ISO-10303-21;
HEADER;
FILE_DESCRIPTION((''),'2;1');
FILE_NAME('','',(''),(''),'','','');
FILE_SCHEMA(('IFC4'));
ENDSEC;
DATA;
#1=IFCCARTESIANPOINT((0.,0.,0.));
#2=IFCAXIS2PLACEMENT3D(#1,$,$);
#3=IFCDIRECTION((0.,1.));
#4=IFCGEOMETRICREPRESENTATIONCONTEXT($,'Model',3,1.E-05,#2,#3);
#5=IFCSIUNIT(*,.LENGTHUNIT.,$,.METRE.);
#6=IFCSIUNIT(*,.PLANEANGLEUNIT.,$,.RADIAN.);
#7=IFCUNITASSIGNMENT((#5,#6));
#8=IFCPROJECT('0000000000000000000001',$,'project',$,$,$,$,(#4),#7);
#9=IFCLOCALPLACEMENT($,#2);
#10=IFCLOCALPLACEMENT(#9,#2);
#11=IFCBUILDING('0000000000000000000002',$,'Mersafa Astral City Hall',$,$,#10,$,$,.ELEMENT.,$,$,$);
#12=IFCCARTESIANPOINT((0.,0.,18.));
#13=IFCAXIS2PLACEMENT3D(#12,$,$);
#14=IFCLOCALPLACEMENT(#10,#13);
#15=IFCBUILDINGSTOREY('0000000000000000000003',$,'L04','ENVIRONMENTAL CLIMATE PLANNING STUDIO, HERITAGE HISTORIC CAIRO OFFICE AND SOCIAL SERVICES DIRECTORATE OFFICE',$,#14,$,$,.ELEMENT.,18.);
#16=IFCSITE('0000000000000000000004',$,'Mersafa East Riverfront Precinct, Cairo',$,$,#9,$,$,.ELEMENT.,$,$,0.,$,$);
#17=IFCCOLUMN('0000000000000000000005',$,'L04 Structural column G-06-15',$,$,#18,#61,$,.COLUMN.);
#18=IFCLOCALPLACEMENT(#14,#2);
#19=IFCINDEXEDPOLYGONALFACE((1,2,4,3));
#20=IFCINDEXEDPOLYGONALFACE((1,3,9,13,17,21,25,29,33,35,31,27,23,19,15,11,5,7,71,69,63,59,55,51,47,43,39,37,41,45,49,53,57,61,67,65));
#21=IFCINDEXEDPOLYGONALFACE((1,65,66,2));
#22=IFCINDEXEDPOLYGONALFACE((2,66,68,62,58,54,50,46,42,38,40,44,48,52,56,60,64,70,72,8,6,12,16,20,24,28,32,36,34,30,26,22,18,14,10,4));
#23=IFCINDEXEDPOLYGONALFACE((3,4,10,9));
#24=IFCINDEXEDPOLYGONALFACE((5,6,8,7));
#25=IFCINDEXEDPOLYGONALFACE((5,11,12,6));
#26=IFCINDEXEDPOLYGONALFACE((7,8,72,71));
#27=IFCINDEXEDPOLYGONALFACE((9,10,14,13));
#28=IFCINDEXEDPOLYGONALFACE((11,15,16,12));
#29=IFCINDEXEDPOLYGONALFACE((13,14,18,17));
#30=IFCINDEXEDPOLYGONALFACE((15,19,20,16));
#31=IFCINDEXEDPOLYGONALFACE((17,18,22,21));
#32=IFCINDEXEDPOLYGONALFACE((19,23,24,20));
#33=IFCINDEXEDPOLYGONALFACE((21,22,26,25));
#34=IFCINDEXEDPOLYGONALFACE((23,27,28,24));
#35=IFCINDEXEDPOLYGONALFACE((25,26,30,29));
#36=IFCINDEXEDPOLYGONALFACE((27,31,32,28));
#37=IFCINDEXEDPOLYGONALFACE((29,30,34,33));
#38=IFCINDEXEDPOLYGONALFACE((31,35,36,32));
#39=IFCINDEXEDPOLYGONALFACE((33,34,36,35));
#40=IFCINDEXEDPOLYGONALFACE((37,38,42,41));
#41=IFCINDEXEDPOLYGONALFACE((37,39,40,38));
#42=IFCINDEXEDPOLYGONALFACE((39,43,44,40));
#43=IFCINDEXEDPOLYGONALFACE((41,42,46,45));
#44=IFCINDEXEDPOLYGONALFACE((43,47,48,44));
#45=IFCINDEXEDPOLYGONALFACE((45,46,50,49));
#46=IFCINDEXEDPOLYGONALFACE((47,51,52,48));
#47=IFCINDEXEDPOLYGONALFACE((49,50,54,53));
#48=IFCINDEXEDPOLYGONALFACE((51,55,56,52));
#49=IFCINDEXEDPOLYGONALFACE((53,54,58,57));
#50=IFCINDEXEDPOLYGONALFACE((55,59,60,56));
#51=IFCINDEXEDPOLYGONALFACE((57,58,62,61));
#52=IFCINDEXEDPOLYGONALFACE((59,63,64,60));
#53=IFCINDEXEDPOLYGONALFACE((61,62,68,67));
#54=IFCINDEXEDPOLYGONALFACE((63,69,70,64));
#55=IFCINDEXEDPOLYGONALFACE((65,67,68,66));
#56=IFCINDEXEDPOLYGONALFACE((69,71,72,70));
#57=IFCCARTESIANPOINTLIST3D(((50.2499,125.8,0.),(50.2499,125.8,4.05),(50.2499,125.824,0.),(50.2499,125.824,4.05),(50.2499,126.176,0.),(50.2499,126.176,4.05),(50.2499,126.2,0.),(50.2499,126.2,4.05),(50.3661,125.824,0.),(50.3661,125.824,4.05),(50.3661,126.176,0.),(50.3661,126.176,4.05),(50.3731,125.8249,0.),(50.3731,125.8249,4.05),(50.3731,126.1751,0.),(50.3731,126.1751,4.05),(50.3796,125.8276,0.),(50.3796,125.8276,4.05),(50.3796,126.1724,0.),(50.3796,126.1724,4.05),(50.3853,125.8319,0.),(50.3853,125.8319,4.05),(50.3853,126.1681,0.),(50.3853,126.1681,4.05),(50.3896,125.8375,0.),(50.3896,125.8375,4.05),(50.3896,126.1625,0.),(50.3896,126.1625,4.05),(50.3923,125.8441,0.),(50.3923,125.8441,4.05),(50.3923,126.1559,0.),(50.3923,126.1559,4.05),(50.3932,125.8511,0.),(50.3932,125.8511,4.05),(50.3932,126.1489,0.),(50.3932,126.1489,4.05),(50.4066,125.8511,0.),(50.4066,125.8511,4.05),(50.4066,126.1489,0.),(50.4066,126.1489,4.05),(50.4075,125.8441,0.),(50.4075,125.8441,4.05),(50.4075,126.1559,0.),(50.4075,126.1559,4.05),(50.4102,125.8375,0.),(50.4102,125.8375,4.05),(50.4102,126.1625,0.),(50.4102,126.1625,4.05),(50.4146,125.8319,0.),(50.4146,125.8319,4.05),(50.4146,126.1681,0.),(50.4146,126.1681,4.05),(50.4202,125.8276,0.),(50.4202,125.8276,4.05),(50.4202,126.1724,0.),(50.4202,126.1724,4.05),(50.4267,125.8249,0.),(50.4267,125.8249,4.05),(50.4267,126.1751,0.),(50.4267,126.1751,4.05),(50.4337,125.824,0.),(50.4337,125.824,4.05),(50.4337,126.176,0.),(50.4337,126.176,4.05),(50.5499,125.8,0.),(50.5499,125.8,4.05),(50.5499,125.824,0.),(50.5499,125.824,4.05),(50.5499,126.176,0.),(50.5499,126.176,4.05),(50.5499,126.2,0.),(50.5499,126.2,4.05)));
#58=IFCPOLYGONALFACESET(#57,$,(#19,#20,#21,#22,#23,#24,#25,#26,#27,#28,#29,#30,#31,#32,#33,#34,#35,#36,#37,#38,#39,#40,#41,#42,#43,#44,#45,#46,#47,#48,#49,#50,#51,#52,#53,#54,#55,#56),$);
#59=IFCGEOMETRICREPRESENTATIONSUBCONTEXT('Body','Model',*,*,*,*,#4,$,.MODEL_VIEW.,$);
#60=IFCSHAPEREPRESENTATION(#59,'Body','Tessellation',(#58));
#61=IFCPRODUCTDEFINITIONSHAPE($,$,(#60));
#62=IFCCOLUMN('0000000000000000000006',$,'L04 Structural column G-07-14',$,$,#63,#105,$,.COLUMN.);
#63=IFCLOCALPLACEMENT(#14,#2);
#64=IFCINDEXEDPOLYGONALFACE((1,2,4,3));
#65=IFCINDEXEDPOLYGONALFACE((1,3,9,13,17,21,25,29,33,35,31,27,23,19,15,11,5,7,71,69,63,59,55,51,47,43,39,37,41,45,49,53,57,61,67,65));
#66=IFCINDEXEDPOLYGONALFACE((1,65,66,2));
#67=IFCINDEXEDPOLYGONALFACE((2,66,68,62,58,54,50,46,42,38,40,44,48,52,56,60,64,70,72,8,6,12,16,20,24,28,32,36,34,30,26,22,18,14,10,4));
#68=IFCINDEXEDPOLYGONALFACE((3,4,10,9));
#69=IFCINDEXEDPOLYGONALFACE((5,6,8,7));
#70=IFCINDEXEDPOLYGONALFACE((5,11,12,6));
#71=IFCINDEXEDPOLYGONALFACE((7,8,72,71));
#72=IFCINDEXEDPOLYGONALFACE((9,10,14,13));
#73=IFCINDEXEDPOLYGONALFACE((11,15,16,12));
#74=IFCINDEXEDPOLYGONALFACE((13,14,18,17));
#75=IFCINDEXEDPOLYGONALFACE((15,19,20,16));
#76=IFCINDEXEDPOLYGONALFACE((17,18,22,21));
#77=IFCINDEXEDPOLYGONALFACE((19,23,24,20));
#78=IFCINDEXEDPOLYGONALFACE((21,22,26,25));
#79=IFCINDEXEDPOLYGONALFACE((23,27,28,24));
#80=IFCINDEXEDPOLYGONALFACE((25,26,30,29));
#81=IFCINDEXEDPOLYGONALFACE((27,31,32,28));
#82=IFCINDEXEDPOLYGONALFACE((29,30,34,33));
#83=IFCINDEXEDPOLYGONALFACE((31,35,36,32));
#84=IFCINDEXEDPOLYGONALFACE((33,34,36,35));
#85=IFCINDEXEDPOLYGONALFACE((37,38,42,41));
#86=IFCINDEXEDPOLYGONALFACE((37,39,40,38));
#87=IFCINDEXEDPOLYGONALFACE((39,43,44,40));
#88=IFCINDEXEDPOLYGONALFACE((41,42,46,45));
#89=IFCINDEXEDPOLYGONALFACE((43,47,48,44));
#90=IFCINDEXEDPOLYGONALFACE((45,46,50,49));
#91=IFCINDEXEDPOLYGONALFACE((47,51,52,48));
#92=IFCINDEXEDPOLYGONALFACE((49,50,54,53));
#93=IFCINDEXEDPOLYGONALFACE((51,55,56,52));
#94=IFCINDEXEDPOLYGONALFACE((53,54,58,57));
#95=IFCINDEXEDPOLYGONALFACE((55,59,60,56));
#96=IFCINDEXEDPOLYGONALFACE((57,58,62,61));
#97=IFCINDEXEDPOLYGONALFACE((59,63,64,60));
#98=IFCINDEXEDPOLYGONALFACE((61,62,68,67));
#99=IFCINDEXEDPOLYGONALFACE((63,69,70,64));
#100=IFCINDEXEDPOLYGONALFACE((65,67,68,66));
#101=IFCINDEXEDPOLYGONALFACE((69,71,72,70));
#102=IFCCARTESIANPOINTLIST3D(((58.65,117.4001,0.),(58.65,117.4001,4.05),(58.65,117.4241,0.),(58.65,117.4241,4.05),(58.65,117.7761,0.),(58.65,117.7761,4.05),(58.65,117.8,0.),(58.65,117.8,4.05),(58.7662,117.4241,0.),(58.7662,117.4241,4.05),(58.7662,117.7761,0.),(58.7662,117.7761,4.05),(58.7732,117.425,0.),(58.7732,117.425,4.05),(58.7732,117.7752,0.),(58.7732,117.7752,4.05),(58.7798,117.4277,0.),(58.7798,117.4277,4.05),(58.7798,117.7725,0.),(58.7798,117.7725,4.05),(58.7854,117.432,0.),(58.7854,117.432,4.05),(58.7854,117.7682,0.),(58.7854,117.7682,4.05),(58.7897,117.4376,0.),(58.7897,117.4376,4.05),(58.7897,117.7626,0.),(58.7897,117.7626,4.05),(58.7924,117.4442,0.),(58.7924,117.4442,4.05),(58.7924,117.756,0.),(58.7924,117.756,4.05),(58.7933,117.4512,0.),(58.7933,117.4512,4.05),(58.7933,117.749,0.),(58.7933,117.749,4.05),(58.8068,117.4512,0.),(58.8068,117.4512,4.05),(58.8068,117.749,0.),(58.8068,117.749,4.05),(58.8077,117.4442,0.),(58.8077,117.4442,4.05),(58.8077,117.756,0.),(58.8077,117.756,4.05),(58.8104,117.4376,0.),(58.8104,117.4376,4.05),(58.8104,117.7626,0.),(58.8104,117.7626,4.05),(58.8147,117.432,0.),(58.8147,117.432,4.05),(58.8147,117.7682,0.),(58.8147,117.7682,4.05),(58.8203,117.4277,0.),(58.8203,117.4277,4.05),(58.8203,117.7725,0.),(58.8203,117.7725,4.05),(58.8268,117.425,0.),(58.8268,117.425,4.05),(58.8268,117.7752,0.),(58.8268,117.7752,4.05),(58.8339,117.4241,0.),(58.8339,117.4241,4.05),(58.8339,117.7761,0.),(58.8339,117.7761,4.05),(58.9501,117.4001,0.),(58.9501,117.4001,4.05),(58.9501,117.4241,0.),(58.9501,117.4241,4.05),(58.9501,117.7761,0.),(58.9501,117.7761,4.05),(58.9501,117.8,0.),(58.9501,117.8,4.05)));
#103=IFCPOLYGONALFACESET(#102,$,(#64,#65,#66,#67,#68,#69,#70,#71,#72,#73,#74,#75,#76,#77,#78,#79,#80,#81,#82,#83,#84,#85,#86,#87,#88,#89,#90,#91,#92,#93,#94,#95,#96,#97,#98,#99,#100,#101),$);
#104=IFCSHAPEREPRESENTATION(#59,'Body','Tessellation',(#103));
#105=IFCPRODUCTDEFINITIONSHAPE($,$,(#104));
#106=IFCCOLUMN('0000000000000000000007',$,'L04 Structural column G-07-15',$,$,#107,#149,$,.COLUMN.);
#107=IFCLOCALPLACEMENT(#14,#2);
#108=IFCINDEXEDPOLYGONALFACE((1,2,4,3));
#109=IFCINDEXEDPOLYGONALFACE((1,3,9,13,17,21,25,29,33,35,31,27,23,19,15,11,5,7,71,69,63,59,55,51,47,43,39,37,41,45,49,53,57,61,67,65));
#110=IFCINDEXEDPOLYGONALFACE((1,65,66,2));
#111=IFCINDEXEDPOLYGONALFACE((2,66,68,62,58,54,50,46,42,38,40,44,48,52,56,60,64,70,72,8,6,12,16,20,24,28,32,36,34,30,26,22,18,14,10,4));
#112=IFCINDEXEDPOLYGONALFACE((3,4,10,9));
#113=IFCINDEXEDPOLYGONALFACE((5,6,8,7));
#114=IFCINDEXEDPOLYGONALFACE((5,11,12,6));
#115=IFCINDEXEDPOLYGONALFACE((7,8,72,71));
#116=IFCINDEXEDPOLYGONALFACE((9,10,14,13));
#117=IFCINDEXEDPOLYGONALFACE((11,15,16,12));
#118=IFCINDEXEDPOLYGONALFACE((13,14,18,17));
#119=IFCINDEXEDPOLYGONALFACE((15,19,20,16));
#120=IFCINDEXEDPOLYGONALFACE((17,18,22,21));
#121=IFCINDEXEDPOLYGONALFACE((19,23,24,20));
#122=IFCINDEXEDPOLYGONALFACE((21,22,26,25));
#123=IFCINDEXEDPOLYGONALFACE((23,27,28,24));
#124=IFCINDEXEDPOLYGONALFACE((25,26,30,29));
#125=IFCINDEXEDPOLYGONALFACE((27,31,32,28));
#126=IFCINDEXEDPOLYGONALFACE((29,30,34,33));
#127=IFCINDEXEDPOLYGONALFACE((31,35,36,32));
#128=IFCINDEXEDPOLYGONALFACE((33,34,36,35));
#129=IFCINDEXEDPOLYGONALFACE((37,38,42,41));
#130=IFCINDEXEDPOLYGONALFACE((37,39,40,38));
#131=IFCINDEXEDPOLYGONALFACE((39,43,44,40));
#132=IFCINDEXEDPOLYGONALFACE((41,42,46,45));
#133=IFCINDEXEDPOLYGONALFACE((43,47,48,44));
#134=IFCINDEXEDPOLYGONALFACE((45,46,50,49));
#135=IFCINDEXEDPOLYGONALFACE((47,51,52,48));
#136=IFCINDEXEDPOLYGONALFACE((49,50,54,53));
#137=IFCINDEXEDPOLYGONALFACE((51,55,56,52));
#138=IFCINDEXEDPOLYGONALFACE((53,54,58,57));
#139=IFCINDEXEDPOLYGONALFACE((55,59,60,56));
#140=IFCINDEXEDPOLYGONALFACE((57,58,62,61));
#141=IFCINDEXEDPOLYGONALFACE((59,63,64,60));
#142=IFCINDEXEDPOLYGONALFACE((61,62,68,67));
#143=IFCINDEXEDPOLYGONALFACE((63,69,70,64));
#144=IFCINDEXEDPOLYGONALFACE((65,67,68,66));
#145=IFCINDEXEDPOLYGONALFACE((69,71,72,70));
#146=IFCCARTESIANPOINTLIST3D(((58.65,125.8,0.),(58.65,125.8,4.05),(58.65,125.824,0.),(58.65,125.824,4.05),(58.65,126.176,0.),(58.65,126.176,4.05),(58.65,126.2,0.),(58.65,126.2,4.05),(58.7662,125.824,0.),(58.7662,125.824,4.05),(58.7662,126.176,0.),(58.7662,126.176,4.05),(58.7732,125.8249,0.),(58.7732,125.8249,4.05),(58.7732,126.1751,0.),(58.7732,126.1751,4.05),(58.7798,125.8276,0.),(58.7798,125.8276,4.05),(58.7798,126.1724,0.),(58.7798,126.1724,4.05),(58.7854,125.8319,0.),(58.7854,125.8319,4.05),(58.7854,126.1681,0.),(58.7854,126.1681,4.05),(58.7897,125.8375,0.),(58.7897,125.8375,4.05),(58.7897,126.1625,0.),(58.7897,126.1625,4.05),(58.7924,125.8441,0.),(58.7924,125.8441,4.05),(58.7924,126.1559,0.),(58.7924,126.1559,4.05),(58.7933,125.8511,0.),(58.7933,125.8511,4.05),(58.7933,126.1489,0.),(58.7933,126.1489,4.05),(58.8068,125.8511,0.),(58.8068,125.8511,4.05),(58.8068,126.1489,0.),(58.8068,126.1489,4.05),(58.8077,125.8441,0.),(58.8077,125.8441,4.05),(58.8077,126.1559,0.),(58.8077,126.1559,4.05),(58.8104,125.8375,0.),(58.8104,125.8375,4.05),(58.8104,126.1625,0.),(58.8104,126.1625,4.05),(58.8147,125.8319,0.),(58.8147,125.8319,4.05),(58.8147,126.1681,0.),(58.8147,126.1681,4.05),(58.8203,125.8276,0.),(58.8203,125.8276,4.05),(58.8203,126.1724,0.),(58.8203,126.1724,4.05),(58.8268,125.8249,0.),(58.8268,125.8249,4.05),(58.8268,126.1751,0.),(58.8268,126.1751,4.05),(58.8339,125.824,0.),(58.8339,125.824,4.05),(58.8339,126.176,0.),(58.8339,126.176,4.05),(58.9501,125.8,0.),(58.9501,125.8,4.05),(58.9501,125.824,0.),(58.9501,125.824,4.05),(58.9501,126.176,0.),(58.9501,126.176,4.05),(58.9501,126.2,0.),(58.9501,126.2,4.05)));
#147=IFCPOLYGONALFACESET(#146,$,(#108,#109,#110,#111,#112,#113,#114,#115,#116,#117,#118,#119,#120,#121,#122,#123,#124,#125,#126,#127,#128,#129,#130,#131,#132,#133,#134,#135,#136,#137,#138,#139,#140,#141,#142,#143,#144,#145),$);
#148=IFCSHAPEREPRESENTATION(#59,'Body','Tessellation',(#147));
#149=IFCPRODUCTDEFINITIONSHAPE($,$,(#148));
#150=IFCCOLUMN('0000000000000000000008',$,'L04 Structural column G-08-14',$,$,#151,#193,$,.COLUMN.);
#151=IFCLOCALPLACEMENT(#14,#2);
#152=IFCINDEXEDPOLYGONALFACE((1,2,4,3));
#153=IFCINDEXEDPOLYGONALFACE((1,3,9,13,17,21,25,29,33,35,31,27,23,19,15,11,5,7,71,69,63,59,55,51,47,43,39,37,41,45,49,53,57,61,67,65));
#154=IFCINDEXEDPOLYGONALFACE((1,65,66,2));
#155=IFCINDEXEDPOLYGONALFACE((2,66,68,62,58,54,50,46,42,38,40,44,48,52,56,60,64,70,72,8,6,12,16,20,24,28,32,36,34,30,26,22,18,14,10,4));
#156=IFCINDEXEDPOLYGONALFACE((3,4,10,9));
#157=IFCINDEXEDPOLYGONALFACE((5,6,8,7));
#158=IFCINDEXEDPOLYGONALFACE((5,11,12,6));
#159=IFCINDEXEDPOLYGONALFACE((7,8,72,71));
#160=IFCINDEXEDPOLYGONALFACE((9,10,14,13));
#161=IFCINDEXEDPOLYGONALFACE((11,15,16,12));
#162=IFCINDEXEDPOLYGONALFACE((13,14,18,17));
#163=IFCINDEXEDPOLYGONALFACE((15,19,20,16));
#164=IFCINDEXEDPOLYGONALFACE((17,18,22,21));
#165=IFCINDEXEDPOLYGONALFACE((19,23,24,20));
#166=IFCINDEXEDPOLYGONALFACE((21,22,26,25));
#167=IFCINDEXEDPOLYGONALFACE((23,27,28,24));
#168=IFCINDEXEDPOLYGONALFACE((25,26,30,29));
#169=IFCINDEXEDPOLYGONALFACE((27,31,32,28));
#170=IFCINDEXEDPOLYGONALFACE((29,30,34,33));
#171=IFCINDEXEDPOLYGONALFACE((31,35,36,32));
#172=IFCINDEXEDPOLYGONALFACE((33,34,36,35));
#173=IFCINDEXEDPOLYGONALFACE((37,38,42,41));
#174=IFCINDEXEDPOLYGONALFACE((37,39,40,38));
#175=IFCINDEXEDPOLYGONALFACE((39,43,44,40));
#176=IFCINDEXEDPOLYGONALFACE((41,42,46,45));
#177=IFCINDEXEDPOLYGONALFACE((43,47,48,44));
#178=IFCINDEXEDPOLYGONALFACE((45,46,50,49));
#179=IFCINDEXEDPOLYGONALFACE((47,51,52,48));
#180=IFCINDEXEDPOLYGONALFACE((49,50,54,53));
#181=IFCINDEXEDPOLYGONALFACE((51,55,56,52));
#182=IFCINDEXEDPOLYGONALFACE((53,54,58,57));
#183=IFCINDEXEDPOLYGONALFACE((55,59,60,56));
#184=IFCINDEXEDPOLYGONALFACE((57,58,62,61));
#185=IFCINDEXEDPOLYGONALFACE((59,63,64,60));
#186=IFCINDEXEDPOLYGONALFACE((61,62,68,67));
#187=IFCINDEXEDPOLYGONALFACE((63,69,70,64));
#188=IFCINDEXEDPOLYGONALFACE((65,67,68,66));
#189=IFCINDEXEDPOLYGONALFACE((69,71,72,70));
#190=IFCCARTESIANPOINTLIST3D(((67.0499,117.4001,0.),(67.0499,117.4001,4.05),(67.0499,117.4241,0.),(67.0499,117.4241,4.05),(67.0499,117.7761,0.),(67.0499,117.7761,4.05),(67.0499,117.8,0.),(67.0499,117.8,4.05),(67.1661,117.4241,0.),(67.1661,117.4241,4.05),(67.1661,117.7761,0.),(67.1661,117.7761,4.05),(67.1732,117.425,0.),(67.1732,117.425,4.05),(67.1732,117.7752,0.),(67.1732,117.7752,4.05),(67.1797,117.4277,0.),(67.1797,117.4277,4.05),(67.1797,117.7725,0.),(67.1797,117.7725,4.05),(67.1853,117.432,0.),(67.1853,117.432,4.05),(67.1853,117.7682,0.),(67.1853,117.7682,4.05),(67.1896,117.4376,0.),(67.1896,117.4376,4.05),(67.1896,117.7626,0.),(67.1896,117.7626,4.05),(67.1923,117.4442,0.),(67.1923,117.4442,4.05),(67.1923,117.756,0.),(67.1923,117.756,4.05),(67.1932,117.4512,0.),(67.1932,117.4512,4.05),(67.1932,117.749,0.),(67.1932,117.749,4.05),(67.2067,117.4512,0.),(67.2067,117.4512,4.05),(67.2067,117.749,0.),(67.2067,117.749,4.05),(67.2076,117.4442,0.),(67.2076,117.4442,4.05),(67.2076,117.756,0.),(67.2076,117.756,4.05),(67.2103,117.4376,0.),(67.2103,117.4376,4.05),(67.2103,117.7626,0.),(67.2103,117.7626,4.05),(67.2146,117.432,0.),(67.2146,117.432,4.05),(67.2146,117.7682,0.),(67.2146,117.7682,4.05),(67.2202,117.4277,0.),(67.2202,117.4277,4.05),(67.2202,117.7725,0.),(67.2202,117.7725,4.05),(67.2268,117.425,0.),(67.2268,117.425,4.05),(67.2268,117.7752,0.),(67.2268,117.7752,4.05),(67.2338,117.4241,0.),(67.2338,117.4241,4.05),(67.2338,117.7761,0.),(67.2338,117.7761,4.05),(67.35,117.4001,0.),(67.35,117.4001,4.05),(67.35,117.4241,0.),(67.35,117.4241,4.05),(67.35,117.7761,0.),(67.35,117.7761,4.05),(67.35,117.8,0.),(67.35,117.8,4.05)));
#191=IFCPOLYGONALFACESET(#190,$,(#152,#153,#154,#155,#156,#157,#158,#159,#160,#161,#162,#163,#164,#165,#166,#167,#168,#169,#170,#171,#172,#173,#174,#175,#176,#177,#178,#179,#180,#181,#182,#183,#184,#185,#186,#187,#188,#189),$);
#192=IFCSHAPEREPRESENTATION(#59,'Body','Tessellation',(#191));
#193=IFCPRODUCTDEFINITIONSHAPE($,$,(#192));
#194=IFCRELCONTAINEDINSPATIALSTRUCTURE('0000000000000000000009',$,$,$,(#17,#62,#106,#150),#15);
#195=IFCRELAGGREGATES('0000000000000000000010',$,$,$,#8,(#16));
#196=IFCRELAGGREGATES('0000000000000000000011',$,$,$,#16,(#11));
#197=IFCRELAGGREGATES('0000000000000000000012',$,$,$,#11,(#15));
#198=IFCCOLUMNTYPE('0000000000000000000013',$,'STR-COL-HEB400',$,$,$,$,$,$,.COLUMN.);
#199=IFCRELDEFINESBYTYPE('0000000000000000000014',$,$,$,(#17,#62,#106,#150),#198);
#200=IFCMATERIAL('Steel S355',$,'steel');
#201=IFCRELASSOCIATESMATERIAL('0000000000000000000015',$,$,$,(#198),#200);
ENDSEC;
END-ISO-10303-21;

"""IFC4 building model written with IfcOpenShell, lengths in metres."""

from ifc_helpers import new_model, si_unit, direction, frame, origin, origin_2d, place, context, subcontext, project, spatial, i_section, extrude, material, material_profile, profile_set, type_object, element, save


model = new_model("IFC4")

# Units and contexts
model_context = context("Model", 3, precision=1e-05, world=origin(), true_north=direction((0.0, 1.0)))
body_context = subcontext(model_context, "Body", "Model", "MODEL_VIEW")
ifc_project = project(units=[si_unit("LENGTHUNIT", "METRE"), si_unit("PLANEANGLEUNIT", "RADIAN")], contexts=[model_context])

# Site, building, storey
site_placement = place(None, origin())
site = spatial("IfcSite", under=ifc_project, at=site_placement, Name="Mersafa East Riverfront Precinct, Cairo", CompositionType="ELEMENT", RefElevation=0.0)
building_placement = place(site_placement, origin())
building = spatial("IfcBuilding", under=site, at=building_placement, Name="Mersafa Astral City Hall", CompositionType="ELEMENT")
storey_placement = place(building_placement, frame((0.0, 0.0, 18.0)))
storey = spatial("IfcBuildingStorey", under=building, at=storey_placement, Name="L04", Description="ENVIRONMENTAL CLIMATE PLANNING STUDIO, HERITAGE HISTORIC CAIRO OFFICE AND SOCIAL SERVICES DIRECTORATE OFFICE", CompositionType="ELEMENT", Elevation=18.0)

# Columns
ifc_material_1 = material(Name="Steel S355", Category="steel")
ifc_material_profile_1 = material_profile(ifc_material_1, i_section(OverallWidth=0.3, OverallDepth=0.3999, WebThickness=0.0134, FlangeThickness=0.0239, FilletRadius=0.0271, at=origin_2d()), Name="HEB 400")
ifc_profile_set_1 = profile_set([ifc_material_profile_1], Name="Steel S355")
column_type = type_object("IfcColumnType", Name="STR-COL-HEB400", PredefinedType="COLUMN", material=ifc_profile_set_1)
for number, where, z_axis, x_axis, name in (
    (1, (50.3999, 126.0, 0.0), (0.0, 0.0, 1.0), (1.0, 0.0, 0.0), "L04 Structural column G-06-15"),
    (2, (58.8, 117.6001, 0.0), (0.0, 0.0, 1.0), (1.0, 0.0, 0.0), "L04 Structural column G-07-14"),
    (3, (58.8, 126.0, 0.0), (0.0, 0.0, 1.0), (1.0, 0.0, 0.0), "L04 Structural column G-07-15"),
    (4, (67.2, 117.6001, 0.0), (0.0, 0.0, 1.0), (1.0, 0.0, 0.0), "L04 Structural column G-08-14"),
):
    element("IfcColumn", number, at=place(storey_placement, frame(where, z_axis=z_axis, x_axis=x_axis)), inside=storey, type_object=column_type, Name=name, PredefinedType="COLUMN", context=body_context, shape_type="SweptSolid", body=[
        extrude(i_section(OverallWidth=0.3, OverallDepth=0.3999, WebThickness=0.0134, FlangeThickness=0.0239, FilletRadius=0.0271, at=origin_2d()), origin(), (0.0, 0.0, 1.0), 4.05),
    ])

save(model, "model.ifc")
